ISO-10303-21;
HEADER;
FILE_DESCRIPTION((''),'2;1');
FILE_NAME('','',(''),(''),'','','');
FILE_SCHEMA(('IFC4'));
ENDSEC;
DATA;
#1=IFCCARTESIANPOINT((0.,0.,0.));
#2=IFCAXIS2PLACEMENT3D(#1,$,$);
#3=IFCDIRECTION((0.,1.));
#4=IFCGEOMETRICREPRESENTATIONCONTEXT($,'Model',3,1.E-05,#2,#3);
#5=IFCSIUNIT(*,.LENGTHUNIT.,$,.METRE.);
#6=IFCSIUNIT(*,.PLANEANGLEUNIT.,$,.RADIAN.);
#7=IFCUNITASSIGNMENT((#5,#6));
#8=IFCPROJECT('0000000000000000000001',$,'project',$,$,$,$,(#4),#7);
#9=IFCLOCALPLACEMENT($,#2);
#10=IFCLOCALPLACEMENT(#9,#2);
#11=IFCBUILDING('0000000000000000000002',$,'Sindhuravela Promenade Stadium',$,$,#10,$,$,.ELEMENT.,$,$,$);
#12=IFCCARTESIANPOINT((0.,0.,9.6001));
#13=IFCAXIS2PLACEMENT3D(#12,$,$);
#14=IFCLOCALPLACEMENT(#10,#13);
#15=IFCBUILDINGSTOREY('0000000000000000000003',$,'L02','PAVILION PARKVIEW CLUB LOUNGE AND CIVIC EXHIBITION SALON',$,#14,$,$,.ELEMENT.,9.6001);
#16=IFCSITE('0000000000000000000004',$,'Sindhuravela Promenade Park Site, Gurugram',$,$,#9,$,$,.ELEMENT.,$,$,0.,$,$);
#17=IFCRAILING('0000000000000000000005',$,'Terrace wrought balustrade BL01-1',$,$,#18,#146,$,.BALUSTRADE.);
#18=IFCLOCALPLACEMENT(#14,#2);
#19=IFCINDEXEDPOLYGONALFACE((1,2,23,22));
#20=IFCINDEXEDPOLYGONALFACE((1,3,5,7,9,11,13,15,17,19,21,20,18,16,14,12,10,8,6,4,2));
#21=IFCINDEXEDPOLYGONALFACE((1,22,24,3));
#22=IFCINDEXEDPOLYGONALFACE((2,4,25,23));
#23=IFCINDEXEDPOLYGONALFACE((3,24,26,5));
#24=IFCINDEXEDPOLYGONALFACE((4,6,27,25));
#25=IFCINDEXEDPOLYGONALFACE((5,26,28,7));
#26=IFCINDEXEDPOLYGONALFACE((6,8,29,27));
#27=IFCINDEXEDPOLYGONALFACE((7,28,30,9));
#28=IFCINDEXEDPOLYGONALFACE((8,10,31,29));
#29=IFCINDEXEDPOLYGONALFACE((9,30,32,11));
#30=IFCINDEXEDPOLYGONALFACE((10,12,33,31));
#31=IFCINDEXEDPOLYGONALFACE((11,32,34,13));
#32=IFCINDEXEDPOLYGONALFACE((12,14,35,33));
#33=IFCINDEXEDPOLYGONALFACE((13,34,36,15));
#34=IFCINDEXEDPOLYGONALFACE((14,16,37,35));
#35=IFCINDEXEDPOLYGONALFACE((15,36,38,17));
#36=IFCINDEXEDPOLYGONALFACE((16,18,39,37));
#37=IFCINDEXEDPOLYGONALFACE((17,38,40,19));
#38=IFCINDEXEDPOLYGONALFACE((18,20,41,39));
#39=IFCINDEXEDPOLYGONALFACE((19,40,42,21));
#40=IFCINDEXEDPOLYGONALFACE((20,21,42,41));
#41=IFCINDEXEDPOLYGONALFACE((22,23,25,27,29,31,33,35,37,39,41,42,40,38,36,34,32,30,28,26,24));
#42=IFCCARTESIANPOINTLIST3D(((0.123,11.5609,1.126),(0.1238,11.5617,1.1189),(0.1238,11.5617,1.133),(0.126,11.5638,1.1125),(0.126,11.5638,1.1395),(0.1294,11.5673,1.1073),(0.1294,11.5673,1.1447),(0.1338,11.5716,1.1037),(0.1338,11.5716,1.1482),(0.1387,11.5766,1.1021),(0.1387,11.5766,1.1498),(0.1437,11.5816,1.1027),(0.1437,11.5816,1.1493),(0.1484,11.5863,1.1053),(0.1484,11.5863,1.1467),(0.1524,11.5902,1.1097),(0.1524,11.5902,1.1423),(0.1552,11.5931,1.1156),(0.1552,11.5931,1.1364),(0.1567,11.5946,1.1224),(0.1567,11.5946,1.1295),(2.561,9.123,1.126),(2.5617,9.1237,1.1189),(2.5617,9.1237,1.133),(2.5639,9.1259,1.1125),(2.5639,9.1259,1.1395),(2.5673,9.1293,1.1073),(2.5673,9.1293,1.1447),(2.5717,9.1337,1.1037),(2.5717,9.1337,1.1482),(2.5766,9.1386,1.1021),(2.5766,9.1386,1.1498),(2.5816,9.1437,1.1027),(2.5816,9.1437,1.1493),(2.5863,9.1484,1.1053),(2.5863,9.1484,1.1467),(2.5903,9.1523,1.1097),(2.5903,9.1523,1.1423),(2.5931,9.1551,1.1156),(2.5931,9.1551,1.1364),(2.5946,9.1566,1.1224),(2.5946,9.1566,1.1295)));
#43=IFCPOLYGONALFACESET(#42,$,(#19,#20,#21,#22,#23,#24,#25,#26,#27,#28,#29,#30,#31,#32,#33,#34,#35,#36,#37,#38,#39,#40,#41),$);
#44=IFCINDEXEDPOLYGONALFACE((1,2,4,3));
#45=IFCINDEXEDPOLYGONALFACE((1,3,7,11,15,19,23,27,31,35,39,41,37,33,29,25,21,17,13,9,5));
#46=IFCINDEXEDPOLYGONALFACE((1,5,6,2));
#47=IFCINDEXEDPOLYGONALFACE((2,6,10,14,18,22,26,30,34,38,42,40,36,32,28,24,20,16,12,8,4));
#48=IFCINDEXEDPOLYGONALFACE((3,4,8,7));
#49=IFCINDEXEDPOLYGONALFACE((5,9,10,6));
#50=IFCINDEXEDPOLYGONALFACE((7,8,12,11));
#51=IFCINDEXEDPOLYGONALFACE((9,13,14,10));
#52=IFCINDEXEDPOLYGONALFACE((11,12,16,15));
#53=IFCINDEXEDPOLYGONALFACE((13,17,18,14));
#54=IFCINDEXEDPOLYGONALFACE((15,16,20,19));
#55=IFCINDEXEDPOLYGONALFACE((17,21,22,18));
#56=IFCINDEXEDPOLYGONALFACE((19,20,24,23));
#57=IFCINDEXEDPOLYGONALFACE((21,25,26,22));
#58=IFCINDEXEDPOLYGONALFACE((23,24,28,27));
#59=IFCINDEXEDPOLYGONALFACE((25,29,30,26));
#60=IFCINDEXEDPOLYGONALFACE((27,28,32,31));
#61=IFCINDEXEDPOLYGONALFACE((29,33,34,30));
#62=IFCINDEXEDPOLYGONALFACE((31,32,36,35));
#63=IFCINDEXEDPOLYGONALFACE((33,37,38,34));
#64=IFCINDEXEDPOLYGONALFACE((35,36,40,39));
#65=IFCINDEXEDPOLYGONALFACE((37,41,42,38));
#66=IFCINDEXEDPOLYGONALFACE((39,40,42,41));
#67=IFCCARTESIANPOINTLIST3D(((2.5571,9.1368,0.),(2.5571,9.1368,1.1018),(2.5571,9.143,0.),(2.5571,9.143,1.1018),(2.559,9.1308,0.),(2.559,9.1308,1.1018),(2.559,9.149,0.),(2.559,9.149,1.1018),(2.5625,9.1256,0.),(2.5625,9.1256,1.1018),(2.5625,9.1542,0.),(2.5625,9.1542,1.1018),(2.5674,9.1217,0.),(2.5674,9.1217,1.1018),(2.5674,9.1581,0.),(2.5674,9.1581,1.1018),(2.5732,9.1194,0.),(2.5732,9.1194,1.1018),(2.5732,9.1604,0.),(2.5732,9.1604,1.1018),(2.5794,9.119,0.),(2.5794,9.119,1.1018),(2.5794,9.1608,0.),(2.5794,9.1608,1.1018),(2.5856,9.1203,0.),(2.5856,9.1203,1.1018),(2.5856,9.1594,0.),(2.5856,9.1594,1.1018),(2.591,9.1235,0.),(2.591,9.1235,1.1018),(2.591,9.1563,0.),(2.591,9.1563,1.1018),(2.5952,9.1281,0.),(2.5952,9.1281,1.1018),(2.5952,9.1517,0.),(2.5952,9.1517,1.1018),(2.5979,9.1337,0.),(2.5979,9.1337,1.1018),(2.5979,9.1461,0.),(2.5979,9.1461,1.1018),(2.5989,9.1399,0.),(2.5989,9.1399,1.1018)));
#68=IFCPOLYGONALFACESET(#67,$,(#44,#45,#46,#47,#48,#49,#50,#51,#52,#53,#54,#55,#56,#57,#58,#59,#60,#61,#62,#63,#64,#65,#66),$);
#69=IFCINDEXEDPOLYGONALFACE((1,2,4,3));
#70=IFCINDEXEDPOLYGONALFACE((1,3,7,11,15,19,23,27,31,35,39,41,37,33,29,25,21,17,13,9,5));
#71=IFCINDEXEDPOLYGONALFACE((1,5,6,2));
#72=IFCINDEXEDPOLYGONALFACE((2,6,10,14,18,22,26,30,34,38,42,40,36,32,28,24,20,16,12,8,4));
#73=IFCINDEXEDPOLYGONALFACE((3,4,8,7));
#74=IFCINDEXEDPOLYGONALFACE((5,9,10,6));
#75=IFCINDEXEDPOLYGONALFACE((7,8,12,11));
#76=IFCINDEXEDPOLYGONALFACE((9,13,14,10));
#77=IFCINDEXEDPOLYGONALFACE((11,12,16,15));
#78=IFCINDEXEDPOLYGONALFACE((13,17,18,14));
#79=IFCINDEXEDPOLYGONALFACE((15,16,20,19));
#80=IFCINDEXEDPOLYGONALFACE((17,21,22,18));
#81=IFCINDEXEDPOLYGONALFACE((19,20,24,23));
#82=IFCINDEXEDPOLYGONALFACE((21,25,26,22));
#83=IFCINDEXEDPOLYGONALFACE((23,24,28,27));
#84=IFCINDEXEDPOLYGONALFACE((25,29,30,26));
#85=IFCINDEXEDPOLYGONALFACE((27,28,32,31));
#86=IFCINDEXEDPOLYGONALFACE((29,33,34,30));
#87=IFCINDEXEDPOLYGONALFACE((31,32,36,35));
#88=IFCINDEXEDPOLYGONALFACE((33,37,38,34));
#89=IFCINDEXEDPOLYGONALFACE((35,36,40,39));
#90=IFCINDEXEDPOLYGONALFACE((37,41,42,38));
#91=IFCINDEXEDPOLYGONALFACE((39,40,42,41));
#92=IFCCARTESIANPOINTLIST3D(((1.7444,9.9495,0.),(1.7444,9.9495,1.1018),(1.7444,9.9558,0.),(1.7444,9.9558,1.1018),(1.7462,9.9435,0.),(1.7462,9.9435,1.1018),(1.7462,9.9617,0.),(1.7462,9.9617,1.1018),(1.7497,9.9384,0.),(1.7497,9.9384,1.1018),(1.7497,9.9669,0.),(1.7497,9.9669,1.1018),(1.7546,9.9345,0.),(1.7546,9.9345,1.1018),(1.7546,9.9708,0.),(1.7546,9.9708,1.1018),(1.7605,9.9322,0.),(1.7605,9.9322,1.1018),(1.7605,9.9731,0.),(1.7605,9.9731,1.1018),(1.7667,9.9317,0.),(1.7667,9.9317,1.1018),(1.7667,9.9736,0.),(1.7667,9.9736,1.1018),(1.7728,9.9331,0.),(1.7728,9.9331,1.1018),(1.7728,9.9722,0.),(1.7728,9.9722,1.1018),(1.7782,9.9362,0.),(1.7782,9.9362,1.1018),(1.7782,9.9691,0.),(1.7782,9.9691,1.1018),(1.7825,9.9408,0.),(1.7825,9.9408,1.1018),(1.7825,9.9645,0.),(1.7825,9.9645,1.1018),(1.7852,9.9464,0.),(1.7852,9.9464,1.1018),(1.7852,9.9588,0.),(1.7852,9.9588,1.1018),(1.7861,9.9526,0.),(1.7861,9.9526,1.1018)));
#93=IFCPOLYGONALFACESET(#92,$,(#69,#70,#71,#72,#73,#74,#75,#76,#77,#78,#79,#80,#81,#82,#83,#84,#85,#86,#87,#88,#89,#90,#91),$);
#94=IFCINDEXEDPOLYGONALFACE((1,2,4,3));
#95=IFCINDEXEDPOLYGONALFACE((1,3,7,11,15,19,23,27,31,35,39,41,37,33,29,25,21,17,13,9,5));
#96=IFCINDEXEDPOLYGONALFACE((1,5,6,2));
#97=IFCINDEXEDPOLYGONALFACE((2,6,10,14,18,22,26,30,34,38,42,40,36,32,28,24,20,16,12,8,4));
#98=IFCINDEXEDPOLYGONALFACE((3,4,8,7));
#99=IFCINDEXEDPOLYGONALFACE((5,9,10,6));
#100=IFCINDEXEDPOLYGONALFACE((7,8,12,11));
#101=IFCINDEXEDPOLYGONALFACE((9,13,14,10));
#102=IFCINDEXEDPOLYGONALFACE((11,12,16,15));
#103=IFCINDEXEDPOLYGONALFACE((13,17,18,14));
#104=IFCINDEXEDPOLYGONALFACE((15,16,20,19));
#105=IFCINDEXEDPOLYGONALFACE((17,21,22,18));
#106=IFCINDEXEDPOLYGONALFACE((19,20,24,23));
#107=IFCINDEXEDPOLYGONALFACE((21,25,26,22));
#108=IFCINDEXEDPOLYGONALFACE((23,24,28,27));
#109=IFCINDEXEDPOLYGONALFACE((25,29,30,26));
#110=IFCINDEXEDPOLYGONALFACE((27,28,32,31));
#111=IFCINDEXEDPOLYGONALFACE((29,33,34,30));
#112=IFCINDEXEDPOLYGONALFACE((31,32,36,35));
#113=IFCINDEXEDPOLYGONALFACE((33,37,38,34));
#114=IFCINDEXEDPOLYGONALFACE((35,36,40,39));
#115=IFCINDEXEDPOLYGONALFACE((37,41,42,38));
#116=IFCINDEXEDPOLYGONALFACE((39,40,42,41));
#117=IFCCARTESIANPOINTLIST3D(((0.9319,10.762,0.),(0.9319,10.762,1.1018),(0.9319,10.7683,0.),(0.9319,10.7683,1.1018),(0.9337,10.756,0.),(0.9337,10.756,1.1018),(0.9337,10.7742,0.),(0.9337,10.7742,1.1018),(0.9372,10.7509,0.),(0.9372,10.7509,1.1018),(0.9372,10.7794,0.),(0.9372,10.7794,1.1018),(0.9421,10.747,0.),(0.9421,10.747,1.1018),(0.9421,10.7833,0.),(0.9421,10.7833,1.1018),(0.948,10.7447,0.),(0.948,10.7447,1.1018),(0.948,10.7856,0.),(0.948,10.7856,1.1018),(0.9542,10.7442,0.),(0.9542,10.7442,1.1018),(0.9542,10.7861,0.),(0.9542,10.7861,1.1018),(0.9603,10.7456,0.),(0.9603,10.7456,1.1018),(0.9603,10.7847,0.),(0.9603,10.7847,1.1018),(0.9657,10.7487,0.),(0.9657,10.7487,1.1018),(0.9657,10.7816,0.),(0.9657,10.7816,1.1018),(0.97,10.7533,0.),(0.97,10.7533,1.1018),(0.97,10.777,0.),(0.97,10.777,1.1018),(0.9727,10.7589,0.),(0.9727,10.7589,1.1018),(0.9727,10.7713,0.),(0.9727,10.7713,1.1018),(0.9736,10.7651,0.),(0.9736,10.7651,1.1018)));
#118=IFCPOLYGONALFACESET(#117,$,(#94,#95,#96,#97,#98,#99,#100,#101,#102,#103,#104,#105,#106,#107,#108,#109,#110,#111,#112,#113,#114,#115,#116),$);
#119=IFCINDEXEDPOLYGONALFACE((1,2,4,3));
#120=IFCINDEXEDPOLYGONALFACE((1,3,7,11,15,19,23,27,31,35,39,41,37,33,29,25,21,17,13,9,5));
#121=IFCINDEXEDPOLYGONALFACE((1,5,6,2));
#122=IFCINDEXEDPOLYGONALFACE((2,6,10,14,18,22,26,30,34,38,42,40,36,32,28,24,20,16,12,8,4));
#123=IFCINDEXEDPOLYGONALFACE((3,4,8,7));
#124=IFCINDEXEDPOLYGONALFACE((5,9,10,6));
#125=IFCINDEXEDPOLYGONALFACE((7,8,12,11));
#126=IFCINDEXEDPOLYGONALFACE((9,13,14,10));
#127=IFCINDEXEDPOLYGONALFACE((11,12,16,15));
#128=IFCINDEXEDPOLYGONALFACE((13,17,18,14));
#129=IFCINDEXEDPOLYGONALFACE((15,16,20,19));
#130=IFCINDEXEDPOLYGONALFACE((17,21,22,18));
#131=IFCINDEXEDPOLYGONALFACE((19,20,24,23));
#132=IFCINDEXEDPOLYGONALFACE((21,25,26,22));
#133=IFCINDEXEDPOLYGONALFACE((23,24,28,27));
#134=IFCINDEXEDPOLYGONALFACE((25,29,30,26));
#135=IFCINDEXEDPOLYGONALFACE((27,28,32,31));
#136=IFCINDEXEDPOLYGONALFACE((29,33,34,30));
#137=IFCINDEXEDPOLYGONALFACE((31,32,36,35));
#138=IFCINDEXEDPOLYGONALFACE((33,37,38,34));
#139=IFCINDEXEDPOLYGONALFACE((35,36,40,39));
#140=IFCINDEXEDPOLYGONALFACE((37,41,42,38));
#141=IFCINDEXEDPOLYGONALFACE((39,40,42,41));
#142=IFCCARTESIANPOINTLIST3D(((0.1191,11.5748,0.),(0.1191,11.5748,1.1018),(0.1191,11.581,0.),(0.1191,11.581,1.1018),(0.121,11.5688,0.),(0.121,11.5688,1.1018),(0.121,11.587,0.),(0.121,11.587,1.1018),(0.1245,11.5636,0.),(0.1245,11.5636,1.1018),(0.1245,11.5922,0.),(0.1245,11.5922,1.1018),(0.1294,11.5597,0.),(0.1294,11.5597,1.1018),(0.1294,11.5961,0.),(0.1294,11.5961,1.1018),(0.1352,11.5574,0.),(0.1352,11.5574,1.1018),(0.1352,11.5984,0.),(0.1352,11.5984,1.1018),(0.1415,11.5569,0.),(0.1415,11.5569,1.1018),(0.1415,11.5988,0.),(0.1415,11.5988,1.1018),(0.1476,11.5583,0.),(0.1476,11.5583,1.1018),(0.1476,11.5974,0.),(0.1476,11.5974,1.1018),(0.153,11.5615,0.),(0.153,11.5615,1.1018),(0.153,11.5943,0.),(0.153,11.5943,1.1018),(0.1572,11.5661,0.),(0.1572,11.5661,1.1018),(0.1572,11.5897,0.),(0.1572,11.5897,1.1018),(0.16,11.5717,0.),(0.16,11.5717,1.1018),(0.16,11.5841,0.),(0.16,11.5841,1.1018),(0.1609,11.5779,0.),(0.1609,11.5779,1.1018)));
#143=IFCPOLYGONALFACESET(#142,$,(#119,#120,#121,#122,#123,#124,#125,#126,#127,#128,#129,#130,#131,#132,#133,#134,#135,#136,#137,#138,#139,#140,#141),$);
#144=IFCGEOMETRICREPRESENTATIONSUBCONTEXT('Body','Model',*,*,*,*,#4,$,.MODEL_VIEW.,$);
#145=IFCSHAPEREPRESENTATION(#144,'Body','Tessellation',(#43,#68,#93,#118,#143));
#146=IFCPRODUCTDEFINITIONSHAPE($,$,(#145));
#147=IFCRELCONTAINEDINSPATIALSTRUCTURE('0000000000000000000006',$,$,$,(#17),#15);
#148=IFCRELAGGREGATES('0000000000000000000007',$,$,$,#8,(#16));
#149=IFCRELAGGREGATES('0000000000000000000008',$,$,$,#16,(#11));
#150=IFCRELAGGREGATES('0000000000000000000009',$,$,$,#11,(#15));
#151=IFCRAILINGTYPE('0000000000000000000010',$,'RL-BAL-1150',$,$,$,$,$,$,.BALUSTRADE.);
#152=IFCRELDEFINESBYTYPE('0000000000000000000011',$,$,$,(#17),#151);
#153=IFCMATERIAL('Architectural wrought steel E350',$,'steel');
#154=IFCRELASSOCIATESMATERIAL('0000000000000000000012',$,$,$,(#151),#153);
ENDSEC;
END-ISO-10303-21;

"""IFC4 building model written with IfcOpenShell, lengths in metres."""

from ifc_helpers import new_model, si_unit, direction, frame, origin, origin_2d, place, context, subcontext, project, spatial, circle, extrude, material, type_object, element, save


model = new_model("IFC4")

# Units and contexts
model_context = context("Model", 3, precision=1e-05, world=origin(), true_north=direction((0.0, 1.0)))
body_context = subcontext(model_context, "Body", "Model", "MODEL_VIEW")
ifc_project = project(units=[si_unit("LENGTHUNIT", "METRE"), si_unit("PLANEANGLEUNIT", "RADIAN")], contexts=[model_context])

# Site, building, storey
site_placement = place(None, origin())
site = spatial("IfcSite", under=ifc_project, at=site_placement, Name="Sindhuravela Promenade Park Site, Gurugram", CompositionType="ELEMENT", RefElevation=0.0)
building_placement = place(site_placement, origin())
building = spatial("IfcBuilding", under=site, at=building_placement, Name="Sindhuravela Promenade Stadium", CompositionType="ELEMENT")
storey_placement = place(building_placement, frame((0.0, 0.0, 9.6001)))
storey = spatial("IfcBuildingStorey", under=building, at=storey_placement, Name="L02", Description="PAVILION PARKVIEW CLUB LOUNGE AND CIVIC EXHIBITION SALON", CompositionType="ELEMENT", Elevation=9.6001)

# Railing
ifc_material_1 = material(Name="Architectural wrought steel E350", Category="steel")
railing_type = type_object("IfcRailingType", Name="RL-BAL-1150", PredefinedType="BALUSTRADE", material=ifc_material_1)
railing_1_placement = place(storey_placement, frame((2.5779, 9.1399, 0.0)))
element("IfcRailing", 1, at=railing_1_placement, inside=storey, type_object=railing_type, Name="Terrace wrought balustrade BL01-1", PredefinedType="BALUSTRADE", context=body_context, shape_type="SweptSolid", body=[
    extrude(circle(Radius=0.0239, at=origin_2d()), frame((0.0, 0.0, 1.126), z_axis=(-0.707107, 0.707107, 0.0), x_axis=(-0.707107, -0.707107, 0.0)), (0.0, 0.0, 1.0), 3.4478),
    extrude(circle(Radius=0.021, at=origin_2d()), origin(), (0.0, 0.0, 1.0), 1.1018),
    extrude(circle(Radius=0.021, at=origin_2d()), frame((-0.8127, 0.8127, 0.0)), (0.0, 0.0, 1.0), 1.1018),
    extrude(circle(Radius=0.021, at=origin_2d()), frame((-1.6252, 1.6252, 0.0)), (0.0, 0.0, 1.0), 1.1018),
    extrude(circle(Radius=0.021, at=origin_2d()), frame((-2.438, 2.438, 0.0)), (0.0, 0.0, 1.0), 1.1018),
])

save(model, "model.ifc")
